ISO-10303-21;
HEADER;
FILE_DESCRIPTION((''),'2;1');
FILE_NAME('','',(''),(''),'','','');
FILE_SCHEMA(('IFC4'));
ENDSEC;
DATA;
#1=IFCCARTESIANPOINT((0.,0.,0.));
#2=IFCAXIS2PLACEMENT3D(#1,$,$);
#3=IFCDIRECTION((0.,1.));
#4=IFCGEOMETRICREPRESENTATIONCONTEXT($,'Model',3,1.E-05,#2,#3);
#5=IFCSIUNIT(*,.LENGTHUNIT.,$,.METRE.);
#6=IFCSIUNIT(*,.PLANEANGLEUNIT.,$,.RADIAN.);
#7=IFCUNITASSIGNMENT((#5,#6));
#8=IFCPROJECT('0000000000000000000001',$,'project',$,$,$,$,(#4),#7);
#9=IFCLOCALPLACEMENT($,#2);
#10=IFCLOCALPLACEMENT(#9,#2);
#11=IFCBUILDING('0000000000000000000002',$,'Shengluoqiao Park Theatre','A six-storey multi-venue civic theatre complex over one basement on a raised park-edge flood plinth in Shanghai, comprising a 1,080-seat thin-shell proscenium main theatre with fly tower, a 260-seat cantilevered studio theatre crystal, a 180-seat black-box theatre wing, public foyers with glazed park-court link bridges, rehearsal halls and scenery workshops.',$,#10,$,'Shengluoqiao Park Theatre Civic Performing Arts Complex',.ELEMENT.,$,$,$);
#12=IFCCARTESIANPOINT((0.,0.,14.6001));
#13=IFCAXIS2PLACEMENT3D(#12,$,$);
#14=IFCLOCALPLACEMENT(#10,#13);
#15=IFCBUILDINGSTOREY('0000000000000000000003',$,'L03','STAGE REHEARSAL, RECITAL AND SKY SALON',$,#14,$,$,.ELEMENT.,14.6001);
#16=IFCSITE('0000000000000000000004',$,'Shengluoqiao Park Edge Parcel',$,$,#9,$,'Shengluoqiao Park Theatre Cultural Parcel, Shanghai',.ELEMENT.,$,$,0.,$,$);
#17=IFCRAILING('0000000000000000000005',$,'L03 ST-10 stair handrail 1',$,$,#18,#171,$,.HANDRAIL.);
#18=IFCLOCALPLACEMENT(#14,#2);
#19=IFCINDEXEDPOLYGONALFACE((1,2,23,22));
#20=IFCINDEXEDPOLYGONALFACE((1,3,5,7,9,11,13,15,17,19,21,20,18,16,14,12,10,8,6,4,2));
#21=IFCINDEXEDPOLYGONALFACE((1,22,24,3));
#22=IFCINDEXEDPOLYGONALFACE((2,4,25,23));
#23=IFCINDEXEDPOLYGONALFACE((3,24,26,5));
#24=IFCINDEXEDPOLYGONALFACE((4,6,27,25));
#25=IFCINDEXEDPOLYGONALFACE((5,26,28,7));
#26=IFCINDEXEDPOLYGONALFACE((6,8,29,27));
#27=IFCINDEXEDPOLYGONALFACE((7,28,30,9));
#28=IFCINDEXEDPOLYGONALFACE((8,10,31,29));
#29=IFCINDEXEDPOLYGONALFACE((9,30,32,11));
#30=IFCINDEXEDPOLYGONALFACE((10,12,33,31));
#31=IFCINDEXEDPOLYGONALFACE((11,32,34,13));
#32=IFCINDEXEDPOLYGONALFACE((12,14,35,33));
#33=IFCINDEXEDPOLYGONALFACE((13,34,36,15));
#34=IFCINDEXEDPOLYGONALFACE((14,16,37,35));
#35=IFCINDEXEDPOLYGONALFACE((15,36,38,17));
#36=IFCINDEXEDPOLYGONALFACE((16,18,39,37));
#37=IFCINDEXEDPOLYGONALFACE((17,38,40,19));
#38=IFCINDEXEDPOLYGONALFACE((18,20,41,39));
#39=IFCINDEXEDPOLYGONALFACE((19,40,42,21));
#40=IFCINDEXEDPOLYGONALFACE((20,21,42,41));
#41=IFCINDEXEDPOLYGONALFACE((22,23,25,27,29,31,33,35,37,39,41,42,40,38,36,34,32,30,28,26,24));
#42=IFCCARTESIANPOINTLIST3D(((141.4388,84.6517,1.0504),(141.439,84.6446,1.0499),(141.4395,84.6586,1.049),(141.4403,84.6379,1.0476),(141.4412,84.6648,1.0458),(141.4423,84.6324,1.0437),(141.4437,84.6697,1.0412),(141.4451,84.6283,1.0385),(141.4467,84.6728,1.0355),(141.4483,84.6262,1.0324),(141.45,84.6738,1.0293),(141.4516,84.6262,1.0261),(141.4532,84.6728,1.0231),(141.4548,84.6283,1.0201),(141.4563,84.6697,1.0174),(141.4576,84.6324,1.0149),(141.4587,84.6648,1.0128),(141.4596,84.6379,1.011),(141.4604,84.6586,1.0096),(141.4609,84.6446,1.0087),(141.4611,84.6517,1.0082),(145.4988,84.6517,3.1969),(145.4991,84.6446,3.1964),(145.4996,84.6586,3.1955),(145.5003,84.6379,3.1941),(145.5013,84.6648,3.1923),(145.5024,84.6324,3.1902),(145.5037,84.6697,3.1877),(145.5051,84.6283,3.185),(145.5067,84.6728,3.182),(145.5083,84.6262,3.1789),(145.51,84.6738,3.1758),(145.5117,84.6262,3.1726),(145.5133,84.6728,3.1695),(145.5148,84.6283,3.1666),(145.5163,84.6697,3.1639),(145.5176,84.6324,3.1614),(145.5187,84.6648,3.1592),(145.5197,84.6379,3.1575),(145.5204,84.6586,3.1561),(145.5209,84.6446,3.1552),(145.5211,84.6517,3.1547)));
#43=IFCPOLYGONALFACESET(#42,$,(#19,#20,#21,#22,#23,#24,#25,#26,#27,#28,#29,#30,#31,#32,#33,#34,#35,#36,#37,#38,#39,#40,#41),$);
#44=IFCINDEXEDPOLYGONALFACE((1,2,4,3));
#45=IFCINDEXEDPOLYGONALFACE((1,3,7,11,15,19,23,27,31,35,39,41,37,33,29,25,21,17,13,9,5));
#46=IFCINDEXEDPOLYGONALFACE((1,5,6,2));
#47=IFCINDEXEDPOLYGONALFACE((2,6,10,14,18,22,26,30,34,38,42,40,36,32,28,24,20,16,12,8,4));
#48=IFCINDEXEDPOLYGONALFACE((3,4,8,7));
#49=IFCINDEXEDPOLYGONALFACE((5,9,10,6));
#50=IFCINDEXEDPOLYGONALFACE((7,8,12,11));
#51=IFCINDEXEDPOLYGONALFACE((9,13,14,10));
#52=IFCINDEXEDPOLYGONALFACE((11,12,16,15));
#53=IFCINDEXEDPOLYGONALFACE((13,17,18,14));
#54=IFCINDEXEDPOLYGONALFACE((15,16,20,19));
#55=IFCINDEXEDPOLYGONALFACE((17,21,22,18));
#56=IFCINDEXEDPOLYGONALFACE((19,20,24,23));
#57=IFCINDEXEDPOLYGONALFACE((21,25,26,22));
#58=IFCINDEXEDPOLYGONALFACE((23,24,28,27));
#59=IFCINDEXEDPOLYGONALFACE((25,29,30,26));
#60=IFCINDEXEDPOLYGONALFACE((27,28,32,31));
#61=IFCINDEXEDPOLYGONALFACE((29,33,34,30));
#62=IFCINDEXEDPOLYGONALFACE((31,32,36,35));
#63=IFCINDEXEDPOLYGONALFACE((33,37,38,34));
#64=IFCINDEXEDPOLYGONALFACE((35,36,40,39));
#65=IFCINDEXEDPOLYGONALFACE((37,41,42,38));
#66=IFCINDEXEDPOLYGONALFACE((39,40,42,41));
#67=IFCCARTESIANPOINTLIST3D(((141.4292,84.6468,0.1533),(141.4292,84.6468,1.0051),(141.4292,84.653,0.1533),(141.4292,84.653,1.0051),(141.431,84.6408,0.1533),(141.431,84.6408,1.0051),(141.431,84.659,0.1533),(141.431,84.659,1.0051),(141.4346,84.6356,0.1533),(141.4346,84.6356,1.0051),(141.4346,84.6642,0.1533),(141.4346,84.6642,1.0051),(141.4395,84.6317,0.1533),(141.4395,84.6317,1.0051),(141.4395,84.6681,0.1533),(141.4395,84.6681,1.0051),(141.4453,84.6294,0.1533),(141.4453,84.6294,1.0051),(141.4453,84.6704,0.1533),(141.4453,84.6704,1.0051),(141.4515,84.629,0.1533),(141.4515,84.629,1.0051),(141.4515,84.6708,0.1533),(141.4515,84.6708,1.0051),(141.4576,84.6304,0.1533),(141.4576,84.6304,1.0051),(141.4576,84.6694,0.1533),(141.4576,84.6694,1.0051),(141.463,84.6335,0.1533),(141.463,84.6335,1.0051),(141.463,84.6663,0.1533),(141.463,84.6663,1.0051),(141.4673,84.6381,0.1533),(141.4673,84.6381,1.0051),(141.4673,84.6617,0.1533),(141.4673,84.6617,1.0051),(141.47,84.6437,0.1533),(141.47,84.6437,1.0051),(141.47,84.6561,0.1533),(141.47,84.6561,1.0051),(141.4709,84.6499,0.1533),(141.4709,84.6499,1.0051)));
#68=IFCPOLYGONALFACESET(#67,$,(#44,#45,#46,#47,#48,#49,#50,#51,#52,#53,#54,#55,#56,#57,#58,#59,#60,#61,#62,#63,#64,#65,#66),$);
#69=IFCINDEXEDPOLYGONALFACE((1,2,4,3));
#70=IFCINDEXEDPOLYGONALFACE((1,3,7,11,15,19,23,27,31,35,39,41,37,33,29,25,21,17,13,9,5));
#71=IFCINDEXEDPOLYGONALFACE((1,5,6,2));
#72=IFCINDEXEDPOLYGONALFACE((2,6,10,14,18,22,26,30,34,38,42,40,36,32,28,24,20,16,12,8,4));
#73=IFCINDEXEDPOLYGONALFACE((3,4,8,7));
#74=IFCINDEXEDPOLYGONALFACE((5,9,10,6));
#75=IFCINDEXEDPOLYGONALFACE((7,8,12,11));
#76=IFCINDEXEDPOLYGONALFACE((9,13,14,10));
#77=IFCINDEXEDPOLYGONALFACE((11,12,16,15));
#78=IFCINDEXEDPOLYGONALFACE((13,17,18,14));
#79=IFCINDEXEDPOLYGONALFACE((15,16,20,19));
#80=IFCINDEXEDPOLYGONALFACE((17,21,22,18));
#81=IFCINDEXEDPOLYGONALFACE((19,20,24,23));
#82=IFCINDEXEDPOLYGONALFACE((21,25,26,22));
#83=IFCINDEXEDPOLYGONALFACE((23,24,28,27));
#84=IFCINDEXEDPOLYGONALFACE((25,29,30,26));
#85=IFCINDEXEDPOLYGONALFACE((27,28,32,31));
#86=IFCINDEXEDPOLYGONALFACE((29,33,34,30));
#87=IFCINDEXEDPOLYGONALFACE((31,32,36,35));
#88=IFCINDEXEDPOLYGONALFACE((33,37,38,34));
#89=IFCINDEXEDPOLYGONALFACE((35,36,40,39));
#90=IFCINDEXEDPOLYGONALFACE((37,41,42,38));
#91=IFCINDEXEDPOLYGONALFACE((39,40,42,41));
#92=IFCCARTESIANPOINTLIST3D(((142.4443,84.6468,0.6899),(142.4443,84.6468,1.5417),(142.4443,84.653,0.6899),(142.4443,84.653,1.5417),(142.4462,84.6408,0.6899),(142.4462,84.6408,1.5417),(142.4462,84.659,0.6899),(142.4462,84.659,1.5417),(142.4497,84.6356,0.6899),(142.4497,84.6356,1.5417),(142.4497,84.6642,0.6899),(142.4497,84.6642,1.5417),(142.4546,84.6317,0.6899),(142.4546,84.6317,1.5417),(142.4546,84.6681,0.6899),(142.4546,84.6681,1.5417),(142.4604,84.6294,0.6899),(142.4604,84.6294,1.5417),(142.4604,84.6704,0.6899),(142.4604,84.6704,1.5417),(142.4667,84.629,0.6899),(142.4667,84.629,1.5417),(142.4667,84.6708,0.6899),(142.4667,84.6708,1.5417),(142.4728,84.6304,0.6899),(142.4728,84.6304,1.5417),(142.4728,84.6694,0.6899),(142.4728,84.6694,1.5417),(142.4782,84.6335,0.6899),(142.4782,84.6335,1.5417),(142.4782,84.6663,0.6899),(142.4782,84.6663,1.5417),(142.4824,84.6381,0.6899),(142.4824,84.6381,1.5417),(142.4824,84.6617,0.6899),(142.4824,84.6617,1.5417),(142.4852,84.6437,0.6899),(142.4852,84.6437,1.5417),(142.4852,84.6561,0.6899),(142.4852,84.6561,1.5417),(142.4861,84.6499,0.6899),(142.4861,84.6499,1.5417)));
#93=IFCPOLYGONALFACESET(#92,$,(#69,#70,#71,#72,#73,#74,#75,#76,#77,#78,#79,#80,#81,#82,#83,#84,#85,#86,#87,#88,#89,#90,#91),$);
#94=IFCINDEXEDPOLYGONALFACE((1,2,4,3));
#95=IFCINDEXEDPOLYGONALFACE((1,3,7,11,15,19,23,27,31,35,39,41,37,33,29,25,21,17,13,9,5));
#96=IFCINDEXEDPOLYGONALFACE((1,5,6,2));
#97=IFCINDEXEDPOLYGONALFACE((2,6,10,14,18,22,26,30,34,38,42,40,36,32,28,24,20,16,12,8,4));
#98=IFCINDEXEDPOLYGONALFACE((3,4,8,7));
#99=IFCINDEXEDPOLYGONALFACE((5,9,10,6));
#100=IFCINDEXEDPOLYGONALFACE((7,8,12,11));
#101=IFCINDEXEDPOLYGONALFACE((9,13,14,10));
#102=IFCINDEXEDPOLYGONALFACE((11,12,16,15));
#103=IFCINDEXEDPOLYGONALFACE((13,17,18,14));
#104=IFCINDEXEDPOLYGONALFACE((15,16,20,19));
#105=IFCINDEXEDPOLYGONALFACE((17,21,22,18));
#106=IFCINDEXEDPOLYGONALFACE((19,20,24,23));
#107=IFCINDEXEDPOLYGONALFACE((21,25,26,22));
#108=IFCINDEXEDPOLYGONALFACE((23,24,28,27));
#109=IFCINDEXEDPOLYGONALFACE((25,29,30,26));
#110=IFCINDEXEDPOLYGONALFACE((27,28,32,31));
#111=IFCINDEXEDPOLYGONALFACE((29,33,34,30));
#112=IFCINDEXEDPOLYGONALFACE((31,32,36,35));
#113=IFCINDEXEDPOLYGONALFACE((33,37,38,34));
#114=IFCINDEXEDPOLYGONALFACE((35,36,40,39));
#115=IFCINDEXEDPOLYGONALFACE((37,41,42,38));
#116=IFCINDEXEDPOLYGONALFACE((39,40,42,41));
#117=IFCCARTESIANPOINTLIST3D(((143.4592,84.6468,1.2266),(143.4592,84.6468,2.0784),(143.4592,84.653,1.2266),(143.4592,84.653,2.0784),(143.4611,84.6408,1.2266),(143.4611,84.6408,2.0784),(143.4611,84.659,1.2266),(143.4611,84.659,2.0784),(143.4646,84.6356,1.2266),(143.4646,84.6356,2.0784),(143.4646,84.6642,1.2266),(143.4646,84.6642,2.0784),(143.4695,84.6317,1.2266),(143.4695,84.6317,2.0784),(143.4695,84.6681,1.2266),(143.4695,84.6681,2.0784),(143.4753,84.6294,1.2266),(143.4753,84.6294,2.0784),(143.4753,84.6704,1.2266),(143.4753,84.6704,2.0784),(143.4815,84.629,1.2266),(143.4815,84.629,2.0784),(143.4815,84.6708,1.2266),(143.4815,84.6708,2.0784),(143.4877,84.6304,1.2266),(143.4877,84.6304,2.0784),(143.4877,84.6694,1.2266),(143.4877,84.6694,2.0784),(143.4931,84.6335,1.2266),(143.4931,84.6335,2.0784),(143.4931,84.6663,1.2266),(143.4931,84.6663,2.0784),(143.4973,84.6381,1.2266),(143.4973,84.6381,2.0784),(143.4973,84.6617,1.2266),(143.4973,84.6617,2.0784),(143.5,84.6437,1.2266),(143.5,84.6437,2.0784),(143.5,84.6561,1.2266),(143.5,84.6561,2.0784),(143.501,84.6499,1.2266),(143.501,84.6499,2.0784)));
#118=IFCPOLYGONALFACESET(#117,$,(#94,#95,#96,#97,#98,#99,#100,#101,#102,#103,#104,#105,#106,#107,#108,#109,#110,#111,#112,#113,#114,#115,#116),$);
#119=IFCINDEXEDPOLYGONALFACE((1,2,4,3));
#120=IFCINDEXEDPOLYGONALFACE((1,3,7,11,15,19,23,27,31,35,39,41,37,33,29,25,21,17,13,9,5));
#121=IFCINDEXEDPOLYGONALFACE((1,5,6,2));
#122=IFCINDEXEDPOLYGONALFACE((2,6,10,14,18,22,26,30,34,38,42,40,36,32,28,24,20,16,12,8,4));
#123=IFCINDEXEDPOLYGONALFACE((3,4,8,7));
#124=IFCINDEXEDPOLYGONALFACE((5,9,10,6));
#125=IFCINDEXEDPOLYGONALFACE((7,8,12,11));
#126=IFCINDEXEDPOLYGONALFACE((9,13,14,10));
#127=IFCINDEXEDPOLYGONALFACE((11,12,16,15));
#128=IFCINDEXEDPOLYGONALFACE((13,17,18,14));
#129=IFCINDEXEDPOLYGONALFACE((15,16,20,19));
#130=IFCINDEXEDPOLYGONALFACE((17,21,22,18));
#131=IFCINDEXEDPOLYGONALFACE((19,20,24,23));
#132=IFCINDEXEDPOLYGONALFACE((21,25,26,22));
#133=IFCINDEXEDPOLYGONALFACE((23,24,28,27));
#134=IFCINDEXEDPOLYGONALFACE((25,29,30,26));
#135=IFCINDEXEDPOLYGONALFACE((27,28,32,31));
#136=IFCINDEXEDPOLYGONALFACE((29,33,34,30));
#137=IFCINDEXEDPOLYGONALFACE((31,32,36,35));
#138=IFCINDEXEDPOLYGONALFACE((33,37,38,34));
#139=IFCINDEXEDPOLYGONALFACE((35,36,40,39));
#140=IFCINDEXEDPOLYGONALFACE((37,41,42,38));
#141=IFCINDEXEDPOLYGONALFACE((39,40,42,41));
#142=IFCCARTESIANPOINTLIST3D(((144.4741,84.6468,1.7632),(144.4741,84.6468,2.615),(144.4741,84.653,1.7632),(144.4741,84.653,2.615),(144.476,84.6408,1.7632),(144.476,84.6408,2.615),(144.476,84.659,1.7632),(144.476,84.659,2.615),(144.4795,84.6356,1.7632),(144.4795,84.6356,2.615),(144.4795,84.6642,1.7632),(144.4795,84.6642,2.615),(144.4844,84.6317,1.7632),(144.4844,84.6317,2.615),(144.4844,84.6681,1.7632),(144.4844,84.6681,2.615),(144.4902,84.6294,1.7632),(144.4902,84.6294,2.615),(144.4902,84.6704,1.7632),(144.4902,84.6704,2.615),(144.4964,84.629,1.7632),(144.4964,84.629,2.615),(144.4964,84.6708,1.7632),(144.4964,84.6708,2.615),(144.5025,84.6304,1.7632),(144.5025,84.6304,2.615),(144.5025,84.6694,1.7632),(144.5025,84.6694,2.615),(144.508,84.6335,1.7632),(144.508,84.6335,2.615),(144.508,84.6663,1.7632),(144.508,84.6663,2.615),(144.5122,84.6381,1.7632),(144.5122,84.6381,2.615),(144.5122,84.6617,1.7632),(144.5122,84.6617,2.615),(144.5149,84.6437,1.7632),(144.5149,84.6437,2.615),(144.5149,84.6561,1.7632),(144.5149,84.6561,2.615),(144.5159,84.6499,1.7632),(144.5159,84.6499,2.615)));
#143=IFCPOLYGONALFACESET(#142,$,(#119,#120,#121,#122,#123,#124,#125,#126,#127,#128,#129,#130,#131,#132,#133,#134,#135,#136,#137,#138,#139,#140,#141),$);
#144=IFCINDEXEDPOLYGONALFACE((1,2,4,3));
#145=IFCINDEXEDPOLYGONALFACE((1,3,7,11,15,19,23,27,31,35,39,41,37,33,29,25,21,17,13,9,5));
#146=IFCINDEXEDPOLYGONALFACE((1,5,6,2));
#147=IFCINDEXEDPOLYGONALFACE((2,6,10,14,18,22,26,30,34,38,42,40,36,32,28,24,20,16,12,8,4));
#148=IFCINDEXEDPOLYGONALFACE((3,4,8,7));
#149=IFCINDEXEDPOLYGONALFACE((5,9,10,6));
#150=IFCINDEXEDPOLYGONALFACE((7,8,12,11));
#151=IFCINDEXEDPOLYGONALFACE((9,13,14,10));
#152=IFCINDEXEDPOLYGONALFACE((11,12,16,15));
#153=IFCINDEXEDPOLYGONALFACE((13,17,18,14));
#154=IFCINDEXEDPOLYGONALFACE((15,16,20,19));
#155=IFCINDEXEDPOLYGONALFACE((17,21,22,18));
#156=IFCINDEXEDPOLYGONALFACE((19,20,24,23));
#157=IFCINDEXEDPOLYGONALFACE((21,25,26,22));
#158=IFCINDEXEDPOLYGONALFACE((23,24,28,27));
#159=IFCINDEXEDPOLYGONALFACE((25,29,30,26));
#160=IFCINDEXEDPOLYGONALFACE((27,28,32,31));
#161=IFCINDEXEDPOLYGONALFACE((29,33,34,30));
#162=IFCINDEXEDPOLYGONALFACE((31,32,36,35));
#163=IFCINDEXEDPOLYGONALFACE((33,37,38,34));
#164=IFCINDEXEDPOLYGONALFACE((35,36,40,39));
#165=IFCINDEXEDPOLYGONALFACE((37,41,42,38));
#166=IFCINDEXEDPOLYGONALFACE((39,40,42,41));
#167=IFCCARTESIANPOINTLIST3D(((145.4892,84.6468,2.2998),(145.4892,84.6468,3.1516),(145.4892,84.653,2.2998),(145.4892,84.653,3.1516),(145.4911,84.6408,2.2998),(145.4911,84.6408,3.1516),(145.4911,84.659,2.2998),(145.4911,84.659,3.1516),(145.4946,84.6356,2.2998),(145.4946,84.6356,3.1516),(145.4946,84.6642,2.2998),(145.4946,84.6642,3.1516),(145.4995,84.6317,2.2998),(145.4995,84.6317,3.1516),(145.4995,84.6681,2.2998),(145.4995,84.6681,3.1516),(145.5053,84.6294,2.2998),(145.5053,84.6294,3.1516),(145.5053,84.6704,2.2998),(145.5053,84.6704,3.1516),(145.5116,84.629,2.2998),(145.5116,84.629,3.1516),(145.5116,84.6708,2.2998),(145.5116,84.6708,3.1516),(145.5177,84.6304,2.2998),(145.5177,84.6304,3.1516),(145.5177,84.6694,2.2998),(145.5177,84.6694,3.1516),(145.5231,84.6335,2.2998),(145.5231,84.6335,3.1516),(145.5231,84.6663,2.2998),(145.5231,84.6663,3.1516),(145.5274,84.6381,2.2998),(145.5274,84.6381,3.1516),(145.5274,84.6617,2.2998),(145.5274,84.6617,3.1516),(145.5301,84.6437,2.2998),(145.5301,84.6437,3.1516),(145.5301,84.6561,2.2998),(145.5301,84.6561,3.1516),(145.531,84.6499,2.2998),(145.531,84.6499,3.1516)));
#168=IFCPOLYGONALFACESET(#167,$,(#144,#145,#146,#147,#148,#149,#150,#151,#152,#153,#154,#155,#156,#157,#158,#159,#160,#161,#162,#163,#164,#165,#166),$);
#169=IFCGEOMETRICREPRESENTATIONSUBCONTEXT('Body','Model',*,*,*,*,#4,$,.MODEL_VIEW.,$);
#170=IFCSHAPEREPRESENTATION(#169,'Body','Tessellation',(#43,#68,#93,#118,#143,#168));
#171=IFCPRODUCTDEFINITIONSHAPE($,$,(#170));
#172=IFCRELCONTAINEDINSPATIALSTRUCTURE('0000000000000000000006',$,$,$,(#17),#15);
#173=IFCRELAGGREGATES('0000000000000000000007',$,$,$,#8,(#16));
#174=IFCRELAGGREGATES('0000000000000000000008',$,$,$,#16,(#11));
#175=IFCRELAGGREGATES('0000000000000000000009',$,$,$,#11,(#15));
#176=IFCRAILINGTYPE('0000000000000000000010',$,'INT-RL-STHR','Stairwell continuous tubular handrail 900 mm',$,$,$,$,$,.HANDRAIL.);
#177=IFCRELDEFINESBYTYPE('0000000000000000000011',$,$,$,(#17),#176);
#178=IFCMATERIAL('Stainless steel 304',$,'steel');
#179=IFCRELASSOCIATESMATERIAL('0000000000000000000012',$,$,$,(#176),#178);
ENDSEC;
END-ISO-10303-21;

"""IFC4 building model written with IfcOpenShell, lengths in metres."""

from ifc_helpers import new_model, si_unit, direction, frame, origin, origin_2d, place, context, subcontext, project, spatial, circle, extrude, material, type_object, element, save


model = new_model("IFC4")

# Units and contexts
model_context = context("Model", 3, precision=1e-05, world=origin(), true_north=direction((0.0, 1.0)))
body_context = subcontext(model_context, "Body", "Model", "MODEL_VIEW")
ifc_project = project(units=[si_unit("LENGTHUNIT", "METRE"), si_unit("PLANEANGLEUNIT", "RADIAN")], contexts=[model_context])

# Site, building, storey
site_placement = place(None, origin())
site = spatial("IfcSite", under=ifc_project, at=site_placement, Name="Shengluoqiao Park Edge Parcel", LongName="Shengluoqiao Park Theatre Cultural Parcel, Shanghai", CompositionType="ELEMENT", RefElevation=0.0)
building_placement = place(site_placement, origin())
building = spatial("IfcBuilding", under=site, at=building_placement, Name="Shengluoqiao Park Theatre", Description="A six-storey multi-venue civic theatre complex over one basement on a raised park-edge flood plinth in Shanghai, comprising a 1,080-seat thin-shell proscenium main theatre with fly tower, a 260-seat cantilevered studio theatre crystal, a 180-seat black-box theatre wing, public foyers with glazed park-court link bridges, rehearsal halls and scenery workshops.", LongName="Shengluoqiao Park Theatre Civic Performing Arts Complex", CompositionType="ELEMENT")
storey_placement = place(building_placement, frame((0.0, 0.0, 14.6001)))
storey = spatial("IfcBuildingStorey", under=building, at=storey_placement, Name="L03", Description="STAGE REHEARSAL, RECITAL AND SKY SALON", CompositionType="ELEMENT", Elevation=14.6001)

# Railing
ifc_material_1 = material(Name="Stainless steel 304", Category="steel")
railing_type_1 = type_object("IfcRailingType", Name="INT-RL-STHR", Description="Stairwell continuous tubular handrail 900 mm", PredefinedType="HANDRAIL", material=ifc_material_1)
railing_1_placement = place(storey_placement, frame((141.45, 84.6499, 0.1533)))
element("IfcRailing", 1, at=railing_1_placement, inside=storey, type_object=railing_type_1, Name="L03 ST-10 stair handrail 1", PredefinedType="HANDRAIL", context=body_context, shape_type="SweptSolid", body=[
    extrude(circle(Radius=0.0239, at=origin_2d()), frame((0.0, 0.0, 0.876), z_axis=(0.884054, 0.0, 0.467384), x_axis=(0.0, 1.0, 0.0)), (0.0, 0.0, 1.0), 4.5925),
    extrude(circle(Radius=0.021, at=origin_2d()), origin(), (0.0, 0.0, 1.0), 0.8518),
    extrude(circle(Radius=0.021, at=origin_2d()), frame((1.0151, 0.0, 0.5366)), (0.0, 0.0, 1.0), 0.8518),
    extrude(circle(Radius=0.021, at=origin_2d()), frame((2.03, 0.0, 1.0732)), (0.0, 0.0, 1.0), 0.8518),
    extrude(circle(Radius=0.021, at=origin_2d()), frame((3.0449, 0.0, 1.6099)), (0.0, 0.0, 1.0), 0.8518),
    extrude(circle(Radius=0.021, at=origin_2d()), frame((4.0601, 0.0, 2.1465)), (0.0, 0.0, 1.0), 0.8518),
])

save(model, "model.ifc")
